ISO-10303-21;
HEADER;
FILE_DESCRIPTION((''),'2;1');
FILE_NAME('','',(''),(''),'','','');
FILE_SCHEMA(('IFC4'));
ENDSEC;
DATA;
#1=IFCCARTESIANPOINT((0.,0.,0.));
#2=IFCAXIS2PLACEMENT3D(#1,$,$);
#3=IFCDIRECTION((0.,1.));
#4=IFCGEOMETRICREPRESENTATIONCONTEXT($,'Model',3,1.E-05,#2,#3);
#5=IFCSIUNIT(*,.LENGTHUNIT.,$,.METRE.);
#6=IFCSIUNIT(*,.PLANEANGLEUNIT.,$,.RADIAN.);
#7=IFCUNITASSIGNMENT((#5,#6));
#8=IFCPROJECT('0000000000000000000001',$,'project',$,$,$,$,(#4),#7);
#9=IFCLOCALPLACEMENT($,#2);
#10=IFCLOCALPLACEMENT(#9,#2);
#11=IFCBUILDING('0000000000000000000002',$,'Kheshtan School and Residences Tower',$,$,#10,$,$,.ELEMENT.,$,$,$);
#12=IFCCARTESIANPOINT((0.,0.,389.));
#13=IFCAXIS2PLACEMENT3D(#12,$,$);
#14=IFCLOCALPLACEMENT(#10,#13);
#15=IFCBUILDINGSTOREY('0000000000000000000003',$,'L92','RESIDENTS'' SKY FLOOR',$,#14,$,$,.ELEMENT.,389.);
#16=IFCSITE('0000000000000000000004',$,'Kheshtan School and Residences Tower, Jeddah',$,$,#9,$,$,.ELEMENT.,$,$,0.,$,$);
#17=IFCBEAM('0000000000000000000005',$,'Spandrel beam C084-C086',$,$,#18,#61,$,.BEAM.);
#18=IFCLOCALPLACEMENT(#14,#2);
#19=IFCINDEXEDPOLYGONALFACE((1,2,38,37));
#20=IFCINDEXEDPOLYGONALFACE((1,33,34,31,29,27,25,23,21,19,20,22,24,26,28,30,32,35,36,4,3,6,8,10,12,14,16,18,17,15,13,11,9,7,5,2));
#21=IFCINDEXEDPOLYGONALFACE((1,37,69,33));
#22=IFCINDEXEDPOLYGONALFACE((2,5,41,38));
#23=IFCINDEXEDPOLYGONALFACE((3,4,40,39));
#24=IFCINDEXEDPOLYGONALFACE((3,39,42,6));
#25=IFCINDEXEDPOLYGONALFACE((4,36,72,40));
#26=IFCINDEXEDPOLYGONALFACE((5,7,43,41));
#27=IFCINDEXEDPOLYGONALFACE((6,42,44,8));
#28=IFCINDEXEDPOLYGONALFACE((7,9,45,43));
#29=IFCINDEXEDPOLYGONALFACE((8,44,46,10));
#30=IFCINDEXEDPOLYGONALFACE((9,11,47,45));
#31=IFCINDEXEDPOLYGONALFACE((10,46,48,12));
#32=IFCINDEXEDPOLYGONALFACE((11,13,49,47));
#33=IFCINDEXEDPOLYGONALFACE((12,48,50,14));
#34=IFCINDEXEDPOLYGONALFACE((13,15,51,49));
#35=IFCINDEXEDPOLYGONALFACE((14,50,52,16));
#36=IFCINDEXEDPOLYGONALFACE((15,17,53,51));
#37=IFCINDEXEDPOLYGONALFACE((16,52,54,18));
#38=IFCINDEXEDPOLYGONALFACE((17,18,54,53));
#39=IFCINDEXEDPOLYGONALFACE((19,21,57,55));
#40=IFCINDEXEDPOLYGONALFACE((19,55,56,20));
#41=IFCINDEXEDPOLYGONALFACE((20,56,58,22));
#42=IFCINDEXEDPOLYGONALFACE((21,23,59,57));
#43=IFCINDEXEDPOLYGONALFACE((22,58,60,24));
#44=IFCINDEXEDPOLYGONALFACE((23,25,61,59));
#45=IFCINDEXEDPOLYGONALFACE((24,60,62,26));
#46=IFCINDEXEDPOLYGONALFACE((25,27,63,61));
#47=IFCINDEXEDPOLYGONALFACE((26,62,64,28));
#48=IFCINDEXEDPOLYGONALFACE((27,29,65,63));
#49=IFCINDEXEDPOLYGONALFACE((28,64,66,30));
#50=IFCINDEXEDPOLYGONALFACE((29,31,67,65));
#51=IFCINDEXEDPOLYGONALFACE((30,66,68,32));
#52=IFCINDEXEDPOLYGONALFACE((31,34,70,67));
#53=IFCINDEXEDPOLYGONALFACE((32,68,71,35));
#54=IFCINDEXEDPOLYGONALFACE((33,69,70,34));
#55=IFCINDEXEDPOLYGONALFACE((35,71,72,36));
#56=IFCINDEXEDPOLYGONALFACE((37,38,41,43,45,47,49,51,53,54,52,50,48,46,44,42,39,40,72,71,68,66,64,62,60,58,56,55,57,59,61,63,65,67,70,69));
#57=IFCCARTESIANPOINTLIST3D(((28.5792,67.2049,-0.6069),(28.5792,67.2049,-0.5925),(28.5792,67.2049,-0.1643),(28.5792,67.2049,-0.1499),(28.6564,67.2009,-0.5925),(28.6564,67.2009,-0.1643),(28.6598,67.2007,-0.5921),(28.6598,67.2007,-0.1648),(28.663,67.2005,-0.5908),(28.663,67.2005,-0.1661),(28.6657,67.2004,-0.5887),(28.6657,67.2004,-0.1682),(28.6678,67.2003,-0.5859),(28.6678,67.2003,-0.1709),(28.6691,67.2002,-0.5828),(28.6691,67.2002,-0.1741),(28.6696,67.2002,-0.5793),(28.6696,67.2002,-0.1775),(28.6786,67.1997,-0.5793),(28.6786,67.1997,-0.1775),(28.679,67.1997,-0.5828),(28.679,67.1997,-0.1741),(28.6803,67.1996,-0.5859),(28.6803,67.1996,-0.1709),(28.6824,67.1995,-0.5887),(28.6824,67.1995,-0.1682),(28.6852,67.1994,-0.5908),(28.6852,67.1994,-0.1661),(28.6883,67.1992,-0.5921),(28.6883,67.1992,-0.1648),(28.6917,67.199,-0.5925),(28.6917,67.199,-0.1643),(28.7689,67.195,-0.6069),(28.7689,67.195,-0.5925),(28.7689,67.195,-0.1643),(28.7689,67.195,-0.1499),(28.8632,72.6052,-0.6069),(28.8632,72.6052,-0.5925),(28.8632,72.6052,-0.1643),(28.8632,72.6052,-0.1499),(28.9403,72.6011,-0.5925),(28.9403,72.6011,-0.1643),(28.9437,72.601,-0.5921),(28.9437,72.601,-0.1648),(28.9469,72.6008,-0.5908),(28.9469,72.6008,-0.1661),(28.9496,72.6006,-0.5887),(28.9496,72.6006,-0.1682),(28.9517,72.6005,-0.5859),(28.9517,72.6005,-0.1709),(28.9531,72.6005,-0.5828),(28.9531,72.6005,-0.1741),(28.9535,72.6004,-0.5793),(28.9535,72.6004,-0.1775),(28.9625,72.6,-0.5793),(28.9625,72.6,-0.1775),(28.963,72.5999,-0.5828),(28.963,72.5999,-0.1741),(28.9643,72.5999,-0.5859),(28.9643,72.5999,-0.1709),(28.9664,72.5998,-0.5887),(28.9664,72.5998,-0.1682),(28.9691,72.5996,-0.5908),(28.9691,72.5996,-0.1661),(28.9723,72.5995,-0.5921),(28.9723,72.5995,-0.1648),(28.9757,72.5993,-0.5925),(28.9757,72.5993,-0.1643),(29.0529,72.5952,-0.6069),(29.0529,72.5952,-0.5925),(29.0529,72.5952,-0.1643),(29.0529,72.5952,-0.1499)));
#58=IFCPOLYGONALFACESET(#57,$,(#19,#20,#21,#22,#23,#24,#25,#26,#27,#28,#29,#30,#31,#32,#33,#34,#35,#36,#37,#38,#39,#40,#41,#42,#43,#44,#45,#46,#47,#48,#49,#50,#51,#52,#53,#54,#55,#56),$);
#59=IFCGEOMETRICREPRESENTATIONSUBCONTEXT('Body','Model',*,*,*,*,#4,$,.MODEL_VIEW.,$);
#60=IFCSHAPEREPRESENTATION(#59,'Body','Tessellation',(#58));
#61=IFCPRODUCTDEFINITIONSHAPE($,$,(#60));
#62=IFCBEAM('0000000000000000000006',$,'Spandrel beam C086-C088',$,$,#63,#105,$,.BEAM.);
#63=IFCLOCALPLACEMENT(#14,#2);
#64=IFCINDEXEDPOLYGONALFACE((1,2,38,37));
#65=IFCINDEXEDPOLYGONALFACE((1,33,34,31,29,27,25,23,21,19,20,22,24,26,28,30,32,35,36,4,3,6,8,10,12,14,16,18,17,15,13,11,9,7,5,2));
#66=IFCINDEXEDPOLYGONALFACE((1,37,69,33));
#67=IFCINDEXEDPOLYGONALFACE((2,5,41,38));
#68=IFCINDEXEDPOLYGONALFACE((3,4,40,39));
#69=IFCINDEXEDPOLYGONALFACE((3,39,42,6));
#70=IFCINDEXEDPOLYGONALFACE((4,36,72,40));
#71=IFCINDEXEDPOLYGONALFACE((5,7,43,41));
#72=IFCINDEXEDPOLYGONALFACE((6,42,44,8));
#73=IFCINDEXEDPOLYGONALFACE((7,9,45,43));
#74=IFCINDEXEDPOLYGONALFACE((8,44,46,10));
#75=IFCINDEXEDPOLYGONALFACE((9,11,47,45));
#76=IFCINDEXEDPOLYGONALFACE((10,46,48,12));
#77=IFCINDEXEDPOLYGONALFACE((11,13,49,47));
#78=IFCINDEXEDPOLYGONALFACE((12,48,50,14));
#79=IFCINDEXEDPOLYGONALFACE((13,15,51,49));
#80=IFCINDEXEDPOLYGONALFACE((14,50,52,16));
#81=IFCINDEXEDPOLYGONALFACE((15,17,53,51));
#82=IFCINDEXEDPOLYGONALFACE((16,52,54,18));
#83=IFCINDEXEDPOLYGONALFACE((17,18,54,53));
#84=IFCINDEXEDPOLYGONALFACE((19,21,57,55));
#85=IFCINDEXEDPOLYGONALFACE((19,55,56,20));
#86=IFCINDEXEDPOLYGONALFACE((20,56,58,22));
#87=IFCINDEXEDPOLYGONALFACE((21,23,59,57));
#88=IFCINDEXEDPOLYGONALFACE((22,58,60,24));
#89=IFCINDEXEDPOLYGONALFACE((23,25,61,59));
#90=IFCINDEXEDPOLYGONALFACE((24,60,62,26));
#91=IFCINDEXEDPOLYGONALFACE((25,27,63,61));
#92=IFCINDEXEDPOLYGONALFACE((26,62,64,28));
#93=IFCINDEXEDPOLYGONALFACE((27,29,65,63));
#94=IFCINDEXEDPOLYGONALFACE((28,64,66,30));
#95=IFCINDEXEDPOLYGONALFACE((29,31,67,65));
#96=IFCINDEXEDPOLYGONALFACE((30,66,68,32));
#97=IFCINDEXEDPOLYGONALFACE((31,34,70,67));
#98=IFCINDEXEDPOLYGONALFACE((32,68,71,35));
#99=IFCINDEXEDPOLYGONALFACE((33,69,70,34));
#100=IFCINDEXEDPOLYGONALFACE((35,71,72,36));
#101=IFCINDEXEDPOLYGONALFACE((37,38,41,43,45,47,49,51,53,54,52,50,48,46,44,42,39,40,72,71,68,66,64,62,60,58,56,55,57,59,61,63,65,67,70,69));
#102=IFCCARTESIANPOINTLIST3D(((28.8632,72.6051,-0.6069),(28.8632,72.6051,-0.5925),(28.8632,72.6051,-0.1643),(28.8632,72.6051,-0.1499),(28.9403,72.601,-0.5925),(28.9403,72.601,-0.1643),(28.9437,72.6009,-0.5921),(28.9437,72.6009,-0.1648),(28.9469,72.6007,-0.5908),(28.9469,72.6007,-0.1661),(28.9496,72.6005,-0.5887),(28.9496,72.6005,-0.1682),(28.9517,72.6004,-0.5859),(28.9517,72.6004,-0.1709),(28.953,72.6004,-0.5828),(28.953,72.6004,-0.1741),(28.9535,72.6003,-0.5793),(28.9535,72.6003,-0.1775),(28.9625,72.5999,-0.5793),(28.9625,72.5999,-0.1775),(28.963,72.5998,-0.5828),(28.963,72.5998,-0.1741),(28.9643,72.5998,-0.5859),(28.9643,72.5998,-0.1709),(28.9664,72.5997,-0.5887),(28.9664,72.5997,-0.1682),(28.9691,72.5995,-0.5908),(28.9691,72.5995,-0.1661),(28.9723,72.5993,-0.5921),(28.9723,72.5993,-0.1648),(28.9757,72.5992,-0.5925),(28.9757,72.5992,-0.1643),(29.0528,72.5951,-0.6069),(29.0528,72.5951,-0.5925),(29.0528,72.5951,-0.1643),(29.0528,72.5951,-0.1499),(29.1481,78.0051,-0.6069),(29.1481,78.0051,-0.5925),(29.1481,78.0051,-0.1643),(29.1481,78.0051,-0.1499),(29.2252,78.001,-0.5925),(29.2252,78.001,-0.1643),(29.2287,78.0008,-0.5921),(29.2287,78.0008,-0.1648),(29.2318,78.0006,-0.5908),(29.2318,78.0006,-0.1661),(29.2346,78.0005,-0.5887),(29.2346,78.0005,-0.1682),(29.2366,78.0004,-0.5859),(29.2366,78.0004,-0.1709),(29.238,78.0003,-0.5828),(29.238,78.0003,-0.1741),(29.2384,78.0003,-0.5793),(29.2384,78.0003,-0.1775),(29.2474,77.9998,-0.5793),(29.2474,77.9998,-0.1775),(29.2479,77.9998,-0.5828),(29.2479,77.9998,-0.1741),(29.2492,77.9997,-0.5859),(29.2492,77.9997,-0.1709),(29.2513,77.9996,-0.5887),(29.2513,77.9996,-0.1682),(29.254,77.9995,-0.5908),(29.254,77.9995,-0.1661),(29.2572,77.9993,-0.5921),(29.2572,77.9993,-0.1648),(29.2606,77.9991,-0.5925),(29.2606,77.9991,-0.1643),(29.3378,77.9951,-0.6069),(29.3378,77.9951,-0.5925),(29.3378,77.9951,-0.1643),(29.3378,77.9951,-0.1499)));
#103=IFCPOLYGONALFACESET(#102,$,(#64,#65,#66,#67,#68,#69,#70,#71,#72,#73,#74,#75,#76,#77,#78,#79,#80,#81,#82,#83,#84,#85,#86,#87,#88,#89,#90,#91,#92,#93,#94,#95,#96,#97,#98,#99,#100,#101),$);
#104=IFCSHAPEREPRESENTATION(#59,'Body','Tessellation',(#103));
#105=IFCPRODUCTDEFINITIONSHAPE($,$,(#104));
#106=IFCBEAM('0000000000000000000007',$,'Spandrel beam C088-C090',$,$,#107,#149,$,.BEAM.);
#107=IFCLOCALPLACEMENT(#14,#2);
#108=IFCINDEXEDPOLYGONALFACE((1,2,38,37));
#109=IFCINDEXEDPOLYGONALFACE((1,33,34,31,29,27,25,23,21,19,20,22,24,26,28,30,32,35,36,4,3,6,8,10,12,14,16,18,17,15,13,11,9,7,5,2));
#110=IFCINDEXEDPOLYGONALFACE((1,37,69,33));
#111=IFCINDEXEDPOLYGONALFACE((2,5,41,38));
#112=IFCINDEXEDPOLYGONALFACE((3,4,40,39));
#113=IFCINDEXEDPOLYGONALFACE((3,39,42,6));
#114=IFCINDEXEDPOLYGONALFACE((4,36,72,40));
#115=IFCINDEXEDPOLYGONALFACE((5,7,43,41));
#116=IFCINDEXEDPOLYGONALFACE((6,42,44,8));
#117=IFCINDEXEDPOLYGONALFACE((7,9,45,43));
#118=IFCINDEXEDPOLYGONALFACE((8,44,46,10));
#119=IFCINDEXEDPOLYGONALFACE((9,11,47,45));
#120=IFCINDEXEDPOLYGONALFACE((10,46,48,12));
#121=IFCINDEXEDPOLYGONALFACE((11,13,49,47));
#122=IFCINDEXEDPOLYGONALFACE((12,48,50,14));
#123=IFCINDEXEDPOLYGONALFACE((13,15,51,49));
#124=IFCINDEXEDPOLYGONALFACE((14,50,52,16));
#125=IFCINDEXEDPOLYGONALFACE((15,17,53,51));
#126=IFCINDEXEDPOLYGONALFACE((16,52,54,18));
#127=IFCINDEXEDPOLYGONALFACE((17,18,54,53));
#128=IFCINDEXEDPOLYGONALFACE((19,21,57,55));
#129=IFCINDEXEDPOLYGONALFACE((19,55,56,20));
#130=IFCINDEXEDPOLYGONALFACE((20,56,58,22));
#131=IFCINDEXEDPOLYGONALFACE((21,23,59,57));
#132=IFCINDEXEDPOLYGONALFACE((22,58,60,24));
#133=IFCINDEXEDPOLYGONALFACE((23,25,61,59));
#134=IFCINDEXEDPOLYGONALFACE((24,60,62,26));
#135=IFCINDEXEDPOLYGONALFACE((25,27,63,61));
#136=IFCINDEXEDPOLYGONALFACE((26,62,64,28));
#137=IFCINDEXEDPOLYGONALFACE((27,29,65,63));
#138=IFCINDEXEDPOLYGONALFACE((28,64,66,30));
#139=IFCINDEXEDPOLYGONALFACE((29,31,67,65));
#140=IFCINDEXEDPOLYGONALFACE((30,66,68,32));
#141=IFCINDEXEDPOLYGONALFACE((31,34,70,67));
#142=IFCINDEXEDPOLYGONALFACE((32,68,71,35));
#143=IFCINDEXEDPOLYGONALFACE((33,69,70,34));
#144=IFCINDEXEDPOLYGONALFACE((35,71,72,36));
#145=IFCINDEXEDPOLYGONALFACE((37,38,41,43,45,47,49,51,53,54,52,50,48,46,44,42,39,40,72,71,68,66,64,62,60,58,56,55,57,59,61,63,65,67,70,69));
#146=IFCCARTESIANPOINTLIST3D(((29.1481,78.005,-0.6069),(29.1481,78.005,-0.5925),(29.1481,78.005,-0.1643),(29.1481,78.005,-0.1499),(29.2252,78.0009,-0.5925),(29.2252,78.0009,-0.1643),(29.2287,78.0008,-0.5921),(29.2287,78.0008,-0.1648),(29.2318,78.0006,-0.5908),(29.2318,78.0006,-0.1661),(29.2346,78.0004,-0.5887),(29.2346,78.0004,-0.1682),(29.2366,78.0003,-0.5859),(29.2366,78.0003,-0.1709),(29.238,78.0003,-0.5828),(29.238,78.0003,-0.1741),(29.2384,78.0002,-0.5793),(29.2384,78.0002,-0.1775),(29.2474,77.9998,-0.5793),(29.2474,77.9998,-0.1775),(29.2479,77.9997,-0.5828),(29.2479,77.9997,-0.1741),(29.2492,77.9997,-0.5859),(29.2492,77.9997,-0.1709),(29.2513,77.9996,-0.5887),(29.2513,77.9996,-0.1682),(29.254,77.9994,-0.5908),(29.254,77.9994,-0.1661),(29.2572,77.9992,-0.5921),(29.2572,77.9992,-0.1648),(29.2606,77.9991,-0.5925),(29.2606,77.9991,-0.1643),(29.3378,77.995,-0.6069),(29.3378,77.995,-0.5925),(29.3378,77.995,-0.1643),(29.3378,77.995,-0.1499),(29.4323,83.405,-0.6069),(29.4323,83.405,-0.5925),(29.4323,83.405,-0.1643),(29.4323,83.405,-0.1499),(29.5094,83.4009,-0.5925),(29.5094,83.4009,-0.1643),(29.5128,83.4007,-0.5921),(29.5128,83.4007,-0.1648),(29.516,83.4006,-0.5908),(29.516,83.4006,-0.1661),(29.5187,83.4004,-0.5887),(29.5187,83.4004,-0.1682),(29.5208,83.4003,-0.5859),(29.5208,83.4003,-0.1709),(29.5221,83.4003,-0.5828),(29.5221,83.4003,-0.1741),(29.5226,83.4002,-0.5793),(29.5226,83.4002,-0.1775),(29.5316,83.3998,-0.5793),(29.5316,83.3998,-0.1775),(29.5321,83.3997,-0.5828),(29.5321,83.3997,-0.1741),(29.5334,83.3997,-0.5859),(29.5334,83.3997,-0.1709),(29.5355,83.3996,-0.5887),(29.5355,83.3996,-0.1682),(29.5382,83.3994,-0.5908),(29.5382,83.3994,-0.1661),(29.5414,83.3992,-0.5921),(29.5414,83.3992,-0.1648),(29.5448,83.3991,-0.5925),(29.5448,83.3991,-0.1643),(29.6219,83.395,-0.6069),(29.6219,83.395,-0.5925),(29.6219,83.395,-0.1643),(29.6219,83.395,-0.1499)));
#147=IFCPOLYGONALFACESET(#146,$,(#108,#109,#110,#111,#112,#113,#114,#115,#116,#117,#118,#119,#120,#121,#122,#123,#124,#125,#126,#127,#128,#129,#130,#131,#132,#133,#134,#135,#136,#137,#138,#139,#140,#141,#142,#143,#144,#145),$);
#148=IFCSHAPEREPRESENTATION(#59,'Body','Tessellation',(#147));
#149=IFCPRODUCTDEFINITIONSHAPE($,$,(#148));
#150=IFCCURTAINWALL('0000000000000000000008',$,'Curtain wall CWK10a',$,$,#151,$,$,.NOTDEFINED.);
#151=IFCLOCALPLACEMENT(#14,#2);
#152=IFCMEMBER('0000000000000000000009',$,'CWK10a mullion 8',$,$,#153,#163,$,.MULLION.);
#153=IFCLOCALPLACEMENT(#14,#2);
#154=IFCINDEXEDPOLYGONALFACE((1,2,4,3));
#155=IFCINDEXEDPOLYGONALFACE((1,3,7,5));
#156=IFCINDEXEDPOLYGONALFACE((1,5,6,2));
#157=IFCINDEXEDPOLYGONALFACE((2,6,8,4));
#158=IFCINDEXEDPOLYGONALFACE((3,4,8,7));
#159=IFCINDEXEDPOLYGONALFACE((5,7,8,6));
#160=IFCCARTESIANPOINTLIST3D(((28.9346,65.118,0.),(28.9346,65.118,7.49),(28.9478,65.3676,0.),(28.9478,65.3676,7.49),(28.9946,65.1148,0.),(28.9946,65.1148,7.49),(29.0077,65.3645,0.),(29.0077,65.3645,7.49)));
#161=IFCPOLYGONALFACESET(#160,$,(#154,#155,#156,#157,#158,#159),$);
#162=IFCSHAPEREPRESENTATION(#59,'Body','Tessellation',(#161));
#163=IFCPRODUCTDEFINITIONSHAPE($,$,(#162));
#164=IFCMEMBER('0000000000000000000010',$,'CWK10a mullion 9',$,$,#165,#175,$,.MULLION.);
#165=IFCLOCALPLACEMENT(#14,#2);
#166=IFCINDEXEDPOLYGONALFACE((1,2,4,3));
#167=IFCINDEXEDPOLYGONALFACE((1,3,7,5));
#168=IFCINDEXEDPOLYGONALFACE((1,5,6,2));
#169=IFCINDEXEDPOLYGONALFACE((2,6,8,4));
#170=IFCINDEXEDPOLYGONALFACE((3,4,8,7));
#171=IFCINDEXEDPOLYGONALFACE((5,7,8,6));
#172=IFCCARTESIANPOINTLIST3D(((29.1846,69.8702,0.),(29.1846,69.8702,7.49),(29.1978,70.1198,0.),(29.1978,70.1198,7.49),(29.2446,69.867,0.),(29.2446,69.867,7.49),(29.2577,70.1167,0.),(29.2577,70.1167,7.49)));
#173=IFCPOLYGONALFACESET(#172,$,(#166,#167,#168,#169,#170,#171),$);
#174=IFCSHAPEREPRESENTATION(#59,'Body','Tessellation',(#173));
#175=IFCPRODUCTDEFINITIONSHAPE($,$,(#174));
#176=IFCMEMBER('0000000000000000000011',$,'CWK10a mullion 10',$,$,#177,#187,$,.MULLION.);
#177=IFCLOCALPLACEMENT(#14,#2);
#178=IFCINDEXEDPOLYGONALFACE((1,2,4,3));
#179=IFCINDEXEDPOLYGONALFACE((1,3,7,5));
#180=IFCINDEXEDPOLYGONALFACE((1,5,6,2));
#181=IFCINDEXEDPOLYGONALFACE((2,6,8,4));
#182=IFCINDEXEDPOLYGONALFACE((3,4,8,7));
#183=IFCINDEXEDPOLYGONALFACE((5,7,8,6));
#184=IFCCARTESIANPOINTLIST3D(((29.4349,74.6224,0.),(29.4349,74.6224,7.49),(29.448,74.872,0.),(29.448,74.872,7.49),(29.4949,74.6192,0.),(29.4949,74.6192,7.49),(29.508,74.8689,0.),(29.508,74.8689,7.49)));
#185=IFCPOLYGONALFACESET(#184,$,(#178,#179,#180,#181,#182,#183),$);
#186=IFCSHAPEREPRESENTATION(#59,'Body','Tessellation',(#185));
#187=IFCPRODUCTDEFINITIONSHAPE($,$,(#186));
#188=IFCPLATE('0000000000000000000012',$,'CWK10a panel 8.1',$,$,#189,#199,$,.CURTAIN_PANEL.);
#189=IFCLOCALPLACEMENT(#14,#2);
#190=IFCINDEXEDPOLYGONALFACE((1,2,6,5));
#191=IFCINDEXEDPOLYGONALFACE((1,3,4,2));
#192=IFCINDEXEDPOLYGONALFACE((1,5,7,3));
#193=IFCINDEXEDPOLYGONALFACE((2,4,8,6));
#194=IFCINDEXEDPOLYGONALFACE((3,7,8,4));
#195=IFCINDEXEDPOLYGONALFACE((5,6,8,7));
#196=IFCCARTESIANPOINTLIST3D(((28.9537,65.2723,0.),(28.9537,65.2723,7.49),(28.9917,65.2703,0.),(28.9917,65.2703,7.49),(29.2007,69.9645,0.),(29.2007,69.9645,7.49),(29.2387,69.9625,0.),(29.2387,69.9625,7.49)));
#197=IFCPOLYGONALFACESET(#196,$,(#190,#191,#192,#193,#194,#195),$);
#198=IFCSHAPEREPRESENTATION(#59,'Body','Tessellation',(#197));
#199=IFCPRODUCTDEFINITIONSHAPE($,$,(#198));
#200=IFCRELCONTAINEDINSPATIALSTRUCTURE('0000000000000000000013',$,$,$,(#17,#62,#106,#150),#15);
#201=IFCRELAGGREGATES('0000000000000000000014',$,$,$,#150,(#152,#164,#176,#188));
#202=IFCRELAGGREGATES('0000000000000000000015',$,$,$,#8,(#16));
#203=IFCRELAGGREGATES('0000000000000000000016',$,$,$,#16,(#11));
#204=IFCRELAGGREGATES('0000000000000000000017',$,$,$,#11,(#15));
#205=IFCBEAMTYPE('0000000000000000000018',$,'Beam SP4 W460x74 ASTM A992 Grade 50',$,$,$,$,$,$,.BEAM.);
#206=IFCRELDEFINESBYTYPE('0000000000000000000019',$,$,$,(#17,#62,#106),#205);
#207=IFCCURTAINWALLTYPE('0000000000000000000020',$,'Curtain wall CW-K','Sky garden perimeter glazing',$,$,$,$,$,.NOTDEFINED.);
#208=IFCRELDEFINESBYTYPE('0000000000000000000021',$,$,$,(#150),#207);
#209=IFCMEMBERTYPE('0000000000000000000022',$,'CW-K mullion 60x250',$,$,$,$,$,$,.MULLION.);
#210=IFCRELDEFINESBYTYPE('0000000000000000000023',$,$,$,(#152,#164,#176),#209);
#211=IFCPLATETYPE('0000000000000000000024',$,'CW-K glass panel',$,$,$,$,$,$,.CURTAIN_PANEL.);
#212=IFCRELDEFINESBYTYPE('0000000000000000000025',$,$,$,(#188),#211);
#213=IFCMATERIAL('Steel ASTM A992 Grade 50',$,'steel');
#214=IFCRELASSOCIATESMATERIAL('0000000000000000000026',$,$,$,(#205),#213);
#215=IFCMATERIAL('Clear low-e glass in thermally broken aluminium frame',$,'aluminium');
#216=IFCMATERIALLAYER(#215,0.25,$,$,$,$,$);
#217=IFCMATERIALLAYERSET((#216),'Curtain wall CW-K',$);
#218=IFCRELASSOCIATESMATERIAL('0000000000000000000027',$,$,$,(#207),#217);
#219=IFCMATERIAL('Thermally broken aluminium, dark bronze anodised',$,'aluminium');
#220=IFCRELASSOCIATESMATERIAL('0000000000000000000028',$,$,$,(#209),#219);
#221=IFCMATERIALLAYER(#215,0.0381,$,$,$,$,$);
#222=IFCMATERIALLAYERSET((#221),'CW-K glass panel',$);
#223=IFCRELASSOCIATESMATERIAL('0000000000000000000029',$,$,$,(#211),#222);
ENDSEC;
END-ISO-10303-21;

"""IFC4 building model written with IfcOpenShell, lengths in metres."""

from ifc_helpers import new_model, si_unit, direction, frame, origin, origin_2d, place, context, subcontext, project, spatial, rectangle, i_section, extrude, material, layer, layer_set, material_profile, profile_set, type_object, element, aggregate, save


model = new_model("IFC4")

# Units and contexts
model_context = context("Model", 3, precision=1e-05, world=origin(), true_north=direction((0.0, 1.0)))
body_context = subcontext(model_context, "Body", "Model", "MODEL_VIEW")
ifc_project = project(units=[si_unit("LENGTHUNIT", "METRE"), si_unit("PLANEANGLEUNIT", "RADIAN")], contexts=[model_context])

# Site, building, storey
site_placement = place(None, origin())
site = spatial("IfcSite", under=ifc_project, at=site_placement, Name="Kheshtan School and Residences Tower, Jeddah", CompositionType="ELEMENT", RefElevation=0.0)
building_placement = place(site_placement, origin())
building = spatial("IfcBuilding", under=site, at=building_placement, Name="Kheshtan School and Residences Tower", CompositionType="ELEMENT")
storey_placement = place(building_placement, frame((0.0, 0.0, 389.0)))
storey = spatial("IfcBuildingStorey", under=building, at=storey_placement, Name="L92", Description="RESIDENTS' SKY FLOOR", CompositionType="ELEMENT", Elevation=389.0)

# Shared definitions
ifc_material_1 = material(Name="Steel ASTM A992 Grade 50", Category="steel")

# Beams
ifc_material_profile_1 = material_profile(ifc_material_1, i_section(OverallWidth=0.1899, OverallDepth=0.457, WebThickness=0.009, FlangeThickness=0.0144, FilletRadius=0.0132, at=origin_2d()), Name="W460x74")
ifc_profile_set_1 = profile_set([ifc_material_profile_1], Name="Steel ASTM A992 Grade 50")
beam_type_1 = type_object("IfcBeamType", Name="Beam SP4 W460x74 ASTM A992 Grade 50", PredefinedType="BEAM", material=ifc_profile_set_1)
beam_1_placement = place(storey_placement, frame((28.6741, 67.2, -0.3784), z_axis=(0.052507, 0.998621, 0.0), x_axis=(-0.998621, 0.052507, 0.0)))
element("IfcBeam", 1, at=beam_1_placement, inside=storey, type_object=beam_type_1, Name="Spandrel beam C084-C086", PredefinedType="BEAM", context=body_context, shape_type="SweptSolid", body=[
    extrude(i_section(OverallWidth=0.1899, OverallDepth=0.457, WebThickness=0.009, FlangeThickness=0.0144, FilletRadius=0.0132, at=origin_2d()), origin(), (0.0, 0.0, 1.0), 5.4077),
])
for number, where, z_axis, x_axis, name in (
    (2, (28.958, 72.6001, -0.3784), (0.052689, 0.998611, 0.0), (-0.998611, 0.052689, 0.0), "Spandrel beam C086-C088"),
    (3, (29.2429, 78.0, -0.3784), (0.052554, 0.998618, 0.0), (-0.998618, 0.052554, 0.0), "Spandrel beam C088-C090"),
):
    element("IfcBeam", number, at=place(storey_placement, frame(where, z_axis=z_axis, x_axis=x_axis)), inside=storey, type_object=beam_type_1, Name=name, PredefinedType="BEAM", context=body_context, shape_type="SweptSolid", body=[
        extrude(i_section(OverallWidth=0.1899, OverallDepth=0.457, WebThickness=0.009, FlangeThickness=0.0144, FilletRadius=0.0132, at=origin_2d()), origin(), (0.0, 0.0, 1.0), 5.4075),
    ])

# Curtain wall, members, plate
ifc_material_2 = material(Name="Clear low-e glass in thermally broken aluminium frame", Category="aluminium")
ifc_layer_1 = layer(ifc_material_2, 0.25)
ifc_layer_set_1 = layer_set([ifc_layer_1], Name="Curtain wall CW-K")
curtain_wall_type = type_object("IfcCurtainWallType", Name="Curtain wall CW-K", Description="Sky garden perimeter glazing", PredefinedType="NOTDEFINED", material=ifc_layer_set_1)
curtain_wall_placement = place(storey_placement, origin())
curtain_wall = element("IfcCurtainWall", 4, at=curtain_wall_placement, inside=storey, type_object=curtain_wall_type, Name="Curtain wall CWK10a", PredefinedType="NOTDEFINED")
ifc_material_3 = material(Name="Thermally broken aluminium, dark bronze anodised", Category="aluminium")
ifc_material_profile_2 = material_profile(ifc_material_3, rectangle(XDim=0.0601, YDim=0.25, at=origin_2d()), Name="CW-K mullion 60x250")
ifc_profile_set_2 = profile_set([ifc_material_profile_2], Name="Thermally broken aluminium, dark bronze anodised")
member_type = type_object("IfcMemberType", Name="CW-K mullion 60x250", PredefinedType="MULLION", material=ifc_profile_set_2)
member_1_placement = place(storey_placement, frame((28.9712, 65.2412, 0.0), z_axis=(0.0, 0.0, 1.0), x_axis=(-0.998617, 0.052565, 0.0)))
member_1 = element("IfcMember", 5, at=member_1_placement, type_object=member_type, Name="CWK10a mullion 8", PredefinedType="MULLION", context=body_context, shape_type="SweptSolid", body=[
    extrude(rectangle(XDim=0.0601, YDim=0.25, at=origin_2d()), origin(), (0.0, 0.0, 1.0), 7.49),
])
member_2_placement = place(storey_placement, frame((29.2212, 69.9934, 0.0), z_axis=(0.0, 0.0, 1.0), x_axis=(-0.998617, 0.052565, 0.0)))
member_2 = element("IfcMember", 6, at=member_2_placement, type_object=member_type, Name="CWK10a mullion 9", PredefinedType="MULLION", context=body_context, shape_type="SweptSolid", body=[
    extrude(rectangle(XDim=0.0601, YDim=0.25, at=origin_2d()), origin(), (0.0, 0.0, 1.0), 7.49),
])
member_3_placement = place(storey_placement, frame((29.4714, 74.7456, 0.0), z_axis=(0.0, 0.0, 1.0), x_axis=(-0.998617, 0.052565, 0.0)))
member_3 = element("IfcMember", 7, at=member_3_placement, type_object=member_type, Name="CWK10a mullion 10", PredefinedType="MULLION", context=body_context, shape_type="SweptSolid", body=[
    extrude(rectangle(XDim=0.0601, YDim=0.25, at=origin_2d()), origin(), (0.0, 0.0, 1.0), 7.49),
])
ifc_layer_2 = layer(ifc_material_2, 0.0381)
ifc_layer_set_2 = layer_set([ifc_layer_2], Name="CW-K glass panel")
plate_type = type_object("IfcPlateType", Name="CW-K glass panel", PredefinedType="CURTAIN_PANEL", material=ifc_layer_set_2)
plate_1_placement = place(storey_placement, frame((29.0962, 67.6174, 0.0), z_axis=(0.0, 0.0, 1.0), x_axis=(0.052565, 0.998617, 0.0)))
plate_1 = element("IfcPlate", 8, at=plate_1_placement, type_object=plate_type, Name="CWK10a panel 8.1", PredefinedType="CURTAIN_PANEL", context=body_context, shape_type="SweptSolid", body=[
    extrude(rectangle(XDim=4.6987, YDim=0.0381, at=origin_2d()), origin(), (0.0, 0.0, 1.0), 7.49),
])
aggregate(curtain_wall, [member_1, member_2, member_3, plate_1])

save(model, "model.ifc")
